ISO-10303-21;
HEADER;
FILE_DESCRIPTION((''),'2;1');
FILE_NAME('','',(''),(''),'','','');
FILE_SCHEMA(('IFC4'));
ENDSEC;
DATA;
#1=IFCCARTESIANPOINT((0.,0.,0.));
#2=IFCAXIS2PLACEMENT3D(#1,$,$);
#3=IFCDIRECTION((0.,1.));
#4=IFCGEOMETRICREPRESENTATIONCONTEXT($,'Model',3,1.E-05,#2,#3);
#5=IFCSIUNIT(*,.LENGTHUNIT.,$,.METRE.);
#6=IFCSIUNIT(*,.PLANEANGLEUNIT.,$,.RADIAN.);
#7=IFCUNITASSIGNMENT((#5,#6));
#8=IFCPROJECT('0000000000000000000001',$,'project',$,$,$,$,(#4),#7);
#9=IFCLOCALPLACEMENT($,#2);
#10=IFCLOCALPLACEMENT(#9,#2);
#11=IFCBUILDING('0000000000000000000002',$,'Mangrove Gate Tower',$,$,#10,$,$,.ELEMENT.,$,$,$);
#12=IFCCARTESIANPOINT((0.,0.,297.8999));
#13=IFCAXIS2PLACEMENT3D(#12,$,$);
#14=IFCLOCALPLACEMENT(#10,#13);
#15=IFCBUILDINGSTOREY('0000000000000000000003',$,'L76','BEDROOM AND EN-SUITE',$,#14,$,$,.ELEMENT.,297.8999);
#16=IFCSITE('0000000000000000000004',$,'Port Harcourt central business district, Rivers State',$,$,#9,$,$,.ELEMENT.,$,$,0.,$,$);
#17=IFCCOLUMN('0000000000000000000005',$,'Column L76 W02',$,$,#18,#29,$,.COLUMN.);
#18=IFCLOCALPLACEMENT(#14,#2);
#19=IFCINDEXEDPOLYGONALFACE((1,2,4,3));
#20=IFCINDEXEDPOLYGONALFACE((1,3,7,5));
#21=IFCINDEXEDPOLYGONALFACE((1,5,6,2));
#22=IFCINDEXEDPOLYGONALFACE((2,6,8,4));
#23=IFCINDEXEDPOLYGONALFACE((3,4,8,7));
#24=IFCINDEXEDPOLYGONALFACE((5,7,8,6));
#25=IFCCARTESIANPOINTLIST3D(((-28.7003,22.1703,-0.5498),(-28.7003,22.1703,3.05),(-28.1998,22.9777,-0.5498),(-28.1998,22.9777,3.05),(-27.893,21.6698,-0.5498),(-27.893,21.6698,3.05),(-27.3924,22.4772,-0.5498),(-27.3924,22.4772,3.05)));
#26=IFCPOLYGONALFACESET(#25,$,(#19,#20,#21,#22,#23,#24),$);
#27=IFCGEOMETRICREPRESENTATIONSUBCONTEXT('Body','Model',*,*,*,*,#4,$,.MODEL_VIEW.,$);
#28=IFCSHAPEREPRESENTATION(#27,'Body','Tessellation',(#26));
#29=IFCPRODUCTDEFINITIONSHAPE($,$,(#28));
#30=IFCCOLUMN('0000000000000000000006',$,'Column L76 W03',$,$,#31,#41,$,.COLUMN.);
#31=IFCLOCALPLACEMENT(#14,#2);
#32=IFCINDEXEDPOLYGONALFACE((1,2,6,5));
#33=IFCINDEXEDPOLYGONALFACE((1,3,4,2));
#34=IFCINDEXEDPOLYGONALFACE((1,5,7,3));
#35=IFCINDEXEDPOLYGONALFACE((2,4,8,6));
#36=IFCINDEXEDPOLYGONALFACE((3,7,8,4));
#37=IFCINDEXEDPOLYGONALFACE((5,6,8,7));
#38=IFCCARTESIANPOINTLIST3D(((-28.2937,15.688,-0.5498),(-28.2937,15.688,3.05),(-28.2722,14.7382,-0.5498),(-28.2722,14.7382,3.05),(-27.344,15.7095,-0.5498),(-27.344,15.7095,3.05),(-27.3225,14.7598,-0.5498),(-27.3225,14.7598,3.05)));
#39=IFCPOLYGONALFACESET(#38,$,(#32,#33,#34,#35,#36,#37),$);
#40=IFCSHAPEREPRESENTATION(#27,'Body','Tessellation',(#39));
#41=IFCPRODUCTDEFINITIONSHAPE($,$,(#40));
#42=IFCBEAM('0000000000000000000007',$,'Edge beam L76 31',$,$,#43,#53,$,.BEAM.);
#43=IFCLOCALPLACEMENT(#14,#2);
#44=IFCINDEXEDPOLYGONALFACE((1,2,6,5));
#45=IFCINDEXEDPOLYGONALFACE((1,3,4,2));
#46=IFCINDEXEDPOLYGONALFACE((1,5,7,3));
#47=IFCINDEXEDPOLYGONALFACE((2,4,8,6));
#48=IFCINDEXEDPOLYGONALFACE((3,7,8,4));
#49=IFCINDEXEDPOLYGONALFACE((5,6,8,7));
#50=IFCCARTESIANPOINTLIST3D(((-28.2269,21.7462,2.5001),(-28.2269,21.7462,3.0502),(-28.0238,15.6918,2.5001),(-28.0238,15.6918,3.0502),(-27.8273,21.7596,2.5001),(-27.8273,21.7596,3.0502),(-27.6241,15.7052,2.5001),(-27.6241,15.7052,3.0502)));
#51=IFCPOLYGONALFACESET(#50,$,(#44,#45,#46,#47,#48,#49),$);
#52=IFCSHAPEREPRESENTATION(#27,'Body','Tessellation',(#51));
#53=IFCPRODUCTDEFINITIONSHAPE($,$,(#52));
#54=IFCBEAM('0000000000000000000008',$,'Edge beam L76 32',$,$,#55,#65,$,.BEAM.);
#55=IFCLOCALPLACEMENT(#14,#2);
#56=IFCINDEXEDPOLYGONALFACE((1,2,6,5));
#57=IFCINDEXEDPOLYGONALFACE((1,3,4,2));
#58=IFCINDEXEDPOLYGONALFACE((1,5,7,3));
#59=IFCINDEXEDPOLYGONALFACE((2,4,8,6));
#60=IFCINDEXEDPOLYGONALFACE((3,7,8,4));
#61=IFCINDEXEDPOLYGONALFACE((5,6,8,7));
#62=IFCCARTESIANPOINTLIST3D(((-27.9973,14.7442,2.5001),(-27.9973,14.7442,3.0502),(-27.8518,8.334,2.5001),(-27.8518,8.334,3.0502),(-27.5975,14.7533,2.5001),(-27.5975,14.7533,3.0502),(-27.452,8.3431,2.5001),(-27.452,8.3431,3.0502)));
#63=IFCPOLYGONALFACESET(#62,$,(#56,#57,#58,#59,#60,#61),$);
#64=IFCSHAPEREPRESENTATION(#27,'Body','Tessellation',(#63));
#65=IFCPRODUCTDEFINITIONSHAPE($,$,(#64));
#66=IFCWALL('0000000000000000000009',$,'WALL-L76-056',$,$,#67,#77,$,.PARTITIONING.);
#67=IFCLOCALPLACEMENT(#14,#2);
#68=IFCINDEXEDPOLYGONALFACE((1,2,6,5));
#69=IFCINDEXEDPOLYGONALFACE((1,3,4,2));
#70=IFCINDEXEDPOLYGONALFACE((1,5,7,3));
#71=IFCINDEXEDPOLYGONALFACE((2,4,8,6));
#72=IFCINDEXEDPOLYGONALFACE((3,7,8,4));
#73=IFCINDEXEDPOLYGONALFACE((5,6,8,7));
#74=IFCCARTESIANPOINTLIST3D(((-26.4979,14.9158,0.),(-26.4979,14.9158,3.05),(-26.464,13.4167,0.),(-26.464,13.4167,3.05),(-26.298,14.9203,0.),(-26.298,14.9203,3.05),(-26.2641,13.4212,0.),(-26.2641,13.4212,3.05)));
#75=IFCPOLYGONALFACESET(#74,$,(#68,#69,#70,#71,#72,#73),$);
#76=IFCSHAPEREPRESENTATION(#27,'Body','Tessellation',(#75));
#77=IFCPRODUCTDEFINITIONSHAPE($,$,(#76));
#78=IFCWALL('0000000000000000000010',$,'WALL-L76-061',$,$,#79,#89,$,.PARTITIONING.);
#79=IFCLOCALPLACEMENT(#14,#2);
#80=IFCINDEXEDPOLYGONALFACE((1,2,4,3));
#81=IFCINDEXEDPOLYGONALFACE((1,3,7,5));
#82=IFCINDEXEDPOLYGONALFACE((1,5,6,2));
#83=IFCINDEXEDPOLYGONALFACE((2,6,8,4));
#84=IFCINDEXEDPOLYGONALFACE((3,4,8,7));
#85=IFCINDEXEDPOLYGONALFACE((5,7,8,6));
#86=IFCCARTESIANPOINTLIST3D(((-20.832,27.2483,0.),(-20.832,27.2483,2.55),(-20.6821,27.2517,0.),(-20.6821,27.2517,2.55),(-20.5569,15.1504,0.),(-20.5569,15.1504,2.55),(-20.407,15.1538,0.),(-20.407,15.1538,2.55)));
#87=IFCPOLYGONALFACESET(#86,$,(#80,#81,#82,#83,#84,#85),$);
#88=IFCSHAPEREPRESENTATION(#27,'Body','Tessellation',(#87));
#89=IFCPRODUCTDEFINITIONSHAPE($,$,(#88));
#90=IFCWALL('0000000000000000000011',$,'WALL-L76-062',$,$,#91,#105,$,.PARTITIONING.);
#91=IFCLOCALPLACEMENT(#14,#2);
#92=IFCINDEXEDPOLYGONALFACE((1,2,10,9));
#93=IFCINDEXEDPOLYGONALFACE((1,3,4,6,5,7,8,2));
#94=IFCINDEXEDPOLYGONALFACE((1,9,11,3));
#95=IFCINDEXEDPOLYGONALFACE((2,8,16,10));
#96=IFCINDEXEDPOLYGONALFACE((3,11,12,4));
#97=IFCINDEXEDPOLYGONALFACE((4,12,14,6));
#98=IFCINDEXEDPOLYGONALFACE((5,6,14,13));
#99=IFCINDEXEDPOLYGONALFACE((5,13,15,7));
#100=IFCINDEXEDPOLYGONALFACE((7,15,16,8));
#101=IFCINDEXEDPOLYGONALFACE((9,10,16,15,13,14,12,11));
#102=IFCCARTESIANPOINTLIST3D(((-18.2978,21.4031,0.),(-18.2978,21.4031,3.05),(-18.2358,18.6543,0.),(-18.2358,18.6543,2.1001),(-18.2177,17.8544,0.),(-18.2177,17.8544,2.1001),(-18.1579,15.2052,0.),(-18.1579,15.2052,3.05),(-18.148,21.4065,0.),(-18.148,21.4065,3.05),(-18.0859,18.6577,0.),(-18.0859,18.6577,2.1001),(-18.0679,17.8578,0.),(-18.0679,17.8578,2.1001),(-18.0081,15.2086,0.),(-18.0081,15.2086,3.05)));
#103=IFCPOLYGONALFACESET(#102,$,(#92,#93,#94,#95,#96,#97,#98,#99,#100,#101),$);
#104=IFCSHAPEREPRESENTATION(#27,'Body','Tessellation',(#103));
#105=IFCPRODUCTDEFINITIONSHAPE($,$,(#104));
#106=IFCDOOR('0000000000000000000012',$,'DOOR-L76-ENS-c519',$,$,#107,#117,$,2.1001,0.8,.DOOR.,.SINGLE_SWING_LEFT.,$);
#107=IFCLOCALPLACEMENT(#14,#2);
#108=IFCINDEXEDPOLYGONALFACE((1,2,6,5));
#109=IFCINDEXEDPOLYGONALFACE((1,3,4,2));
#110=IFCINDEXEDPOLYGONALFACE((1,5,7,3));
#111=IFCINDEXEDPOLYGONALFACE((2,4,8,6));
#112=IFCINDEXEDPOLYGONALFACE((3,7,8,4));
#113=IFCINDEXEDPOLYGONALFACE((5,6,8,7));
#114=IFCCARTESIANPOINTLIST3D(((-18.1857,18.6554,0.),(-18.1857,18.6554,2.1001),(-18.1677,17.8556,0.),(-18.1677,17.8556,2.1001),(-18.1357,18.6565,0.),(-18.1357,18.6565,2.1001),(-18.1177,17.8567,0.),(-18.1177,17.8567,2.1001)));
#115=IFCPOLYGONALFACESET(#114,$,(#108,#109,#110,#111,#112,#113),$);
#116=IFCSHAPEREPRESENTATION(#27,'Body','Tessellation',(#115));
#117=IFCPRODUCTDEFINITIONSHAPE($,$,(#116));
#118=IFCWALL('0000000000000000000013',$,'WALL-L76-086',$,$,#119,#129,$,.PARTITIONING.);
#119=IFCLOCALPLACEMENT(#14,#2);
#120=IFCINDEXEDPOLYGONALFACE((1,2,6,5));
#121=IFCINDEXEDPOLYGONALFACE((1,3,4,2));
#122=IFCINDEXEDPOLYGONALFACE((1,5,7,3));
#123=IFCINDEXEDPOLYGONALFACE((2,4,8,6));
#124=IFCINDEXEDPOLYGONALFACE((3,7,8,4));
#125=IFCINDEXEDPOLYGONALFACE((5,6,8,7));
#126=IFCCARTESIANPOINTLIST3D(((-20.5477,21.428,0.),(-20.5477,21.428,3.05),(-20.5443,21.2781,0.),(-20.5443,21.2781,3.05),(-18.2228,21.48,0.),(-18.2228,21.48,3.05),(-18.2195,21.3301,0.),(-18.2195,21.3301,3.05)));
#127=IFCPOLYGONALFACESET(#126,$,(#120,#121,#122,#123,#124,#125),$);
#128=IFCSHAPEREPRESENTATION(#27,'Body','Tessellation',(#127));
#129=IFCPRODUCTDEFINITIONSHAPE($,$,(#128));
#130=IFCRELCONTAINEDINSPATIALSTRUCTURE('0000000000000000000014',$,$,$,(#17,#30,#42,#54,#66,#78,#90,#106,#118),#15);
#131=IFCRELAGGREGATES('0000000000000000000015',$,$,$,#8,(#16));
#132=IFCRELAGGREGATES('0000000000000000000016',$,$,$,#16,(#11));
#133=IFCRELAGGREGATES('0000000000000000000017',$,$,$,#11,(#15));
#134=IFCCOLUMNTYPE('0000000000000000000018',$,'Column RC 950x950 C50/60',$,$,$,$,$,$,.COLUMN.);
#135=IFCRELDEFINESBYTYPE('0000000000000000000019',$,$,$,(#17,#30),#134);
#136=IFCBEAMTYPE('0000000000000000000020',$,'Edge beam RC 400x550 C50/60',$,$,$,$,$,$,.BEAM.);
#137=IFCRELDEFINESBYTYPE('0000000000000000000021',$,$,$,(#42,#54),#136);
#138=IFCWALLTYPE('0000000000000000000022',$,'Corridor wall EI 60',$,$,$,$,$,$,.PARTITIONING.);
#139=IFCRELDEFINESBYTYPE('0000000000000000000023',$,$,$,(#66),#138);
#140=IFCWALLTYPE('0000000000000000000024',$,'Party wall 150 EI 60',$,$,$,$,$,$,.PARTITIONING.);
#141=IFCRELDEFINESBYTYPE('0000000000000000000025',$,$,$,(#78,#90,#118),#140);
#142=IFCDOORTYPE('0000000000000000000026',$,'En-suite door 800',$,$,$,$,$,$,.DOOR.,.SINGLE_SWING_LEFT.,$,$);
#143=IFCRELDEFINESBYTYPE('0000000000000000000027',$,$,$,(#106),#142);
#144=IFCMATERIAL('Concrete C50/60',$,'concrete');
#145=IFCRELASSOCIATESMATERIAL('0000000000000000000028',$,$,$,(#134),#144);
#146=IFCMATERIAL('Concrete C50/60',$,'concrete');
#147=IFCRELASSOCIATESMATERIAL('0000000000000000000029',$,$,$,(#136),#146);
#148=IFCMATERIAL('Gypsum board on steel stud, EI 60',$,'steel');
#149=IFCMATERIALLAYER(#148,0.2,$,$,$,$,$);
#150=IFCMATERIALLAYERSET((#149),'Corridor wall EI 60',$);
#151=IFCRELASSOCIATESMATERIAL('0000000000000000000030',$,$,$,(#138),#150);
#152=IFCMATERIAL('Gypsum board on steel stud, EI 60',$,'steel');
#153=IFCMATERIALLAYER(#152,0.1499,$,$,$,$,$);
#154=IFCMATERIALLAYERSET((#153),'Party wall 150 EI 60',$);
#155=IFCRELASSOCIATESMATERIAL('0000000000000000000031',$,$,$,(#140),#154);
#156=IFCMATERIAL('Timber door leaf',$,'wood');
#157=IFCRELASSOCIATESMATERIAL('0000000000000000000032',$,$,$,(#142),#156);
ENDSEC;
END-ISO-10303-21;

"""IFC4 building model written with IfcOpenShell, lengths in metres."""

from ifc_helpers import new_model, si_unit, direction, frame, frame_2d, origin, origin_2d, place, context, subcontext, project, spatial, rectangle, extrude, material, layer, layer_set, material_profile, profile_set, type_object, element, fill, save


model = new_model("IFC4")

# Units and contexts
model_context = context("Model", 3, precision=1e-05, world=origin(), true_north=direction((0.0, 1.0)))
body_context = subcontext(model_context, "Body", "Model", "MODEL_VIEW")
ifc_project = project(units=[si_unit("LENGTHUNIT", "METRE"), si_unit("PLANEANGLEUNIT", "RADIAN")], contexts=[model_context])

# Site, building, storey
site_placement = place(None, origin())
site = spatial("IfcSite", under=ifc_project, at=site_placement, Name="Port Harcourt central business district, Rivers State", CompositionType="ELEMENT", RefElevation=0.0)
building_placement = place(site_placement, origin())
building = spatial("IfcBuilding", under=site, at=building_placement, Name="Mangrove Gate Tower", CompositionType="ELEMENT")
storey_placement = place(building_placement, frame((0.0, 0.0, 297.8999)))
storey = spatial("IfcBuildingStorey", under=building, at=storey_placement, Name="L76", Description="BEDROOM AND EN-SUITE", CompositionType="ELEMENT", Elevation=297.8999)

# Columns
ifc_material_1 = material(Name="Concrete C50/60", Category="concrete")
ifc_material_profile_1 = material_profile(ifc_material_1, rectangle(XDim=0.95, YDim=0.95, at=origin_2d()))
ifc_profile_set_1 = profile_set([ifc_material_profile_1], Name="Concrete C50/60")
column_type = type_object("IfcColumnType", Name="Column RC 950x950 C50/60", PredefinedType="COLUMN", material=ifc_profile_set_1)
for number, where, z_axis, x_axis, name in (
    (1, (-28.0464, 22.3237, -0.5498), (0.0, 0.0, 1.0), (-0.526907, -0.849923, 0.0), "Column L76 W02"),
    (2, (-27.8081, 15.2239, -0.5498), (0.0, 0.0, 1.0), (0.022683, -0.999743, 0.0), "Column L76 W03"),
):
    element("IfcColumn", number, at=place(storey_placement, frame(where, z_axis=z_axis, x_axis=x_axis)), inside=storey, type_object=column_type, Name=name, PredefinedType="COLUMN", context=body_context, shape_type="SweptSolid", body=[
        extrude(rectangle(XDim=0.95, YDim=0.95, at=origin_2d()), origin(), (0.0, 0.0, 1.0), 3.5999),
    ])

# Beams
ifc_material_2 = material(Name="Concrete C50/60", Category="concrete")
ifc_material_profile_2 = material_profile(ifc_material_2, rectangle(XDim=0.3999, YDim=0.55, at=origin_2d()))
ifc_profile_set_2 = profile_set([ifc_material_profile_2], Name="Concrete C50/60")
beam_type = type_object("IfcBeamType", Name="Edge beam RC 400x550 C50/60", PredefinedType="BEAM", material=ifc_profile_set_2)
beam_1_placement = place(storey_placement, frame((-28.0271, 21.7529, 2.7751), z_axis=(0.033531, -0.999438, 0.0), x_axis=(0.999438, 0.033531, 0.0)))
element("IfcBeam", 3, at=beam_1_placement, inside=storey, type_object=beam_type, Name="Edge beam L76 31", PredefinedType="BEAM", context=body_context, shape_type="SweptSolid", body=[
    extrude(rectangle(XDim=0.3999, YDim=0.55, at=origin_2d()), origin(), (0.0, 0.0, 1.0), 6.0579),
])
beam_2_placement = place(storey_placement, frame((-27.7974, 14.7488, 2.7751), z_axis=(0.022694, -0.999742, 0.0), x_axis=(0.999742, 0.022694, 0.0)))
element("IfcBeam", 4, at=beam_2_placement, inside=storey, type_object=beam_type, Name="Edge beam L76 32", PredefinedType="BEAM", context=body_context, shape_type="SweptSolid", body=[
    extrude(rectangle(XDim=0.3999, YDim=0.55, at=origin_2d()), origin(), (0.0, 0.0, 1.0), 6.4119),
])

# Wall
ifc_material_3 = material(Name="Gypsum board on steel stud, EI 60", Category="steel")
ifc_layer_1 = layer(ifc_material_3, 0.2)
ifc_layer_set_1 = layer_set([ifc_layer_1], Name="Corridor wall EI 60")
wall_type_1 = type_object("IfcWallType", Name="Corridor wall EI 60", PredefinedType="PARTITIONING", material=ifc_layer_set_1)
wall_1_placement = place(storey_placement, frame((-26.364, 13.4189, 0.0), z_axis=(0.0, 0.0, 1.0), x_axis=(-0.022633, 0.999744, 0.0)))
element("IfcWall", 5, at=wall_1_placement, inside=storey, type_object=wall_type_1, Name="WALL-L76-056", PredefinedType="PARTITIONING", context=body_context, shape_type="SweptSolid", body=[
    extrude(rectangle(XDim=1.4995, YDim=0.2, at=frame_2d((0.7498, 0.0))), origin(), (0.0, 0.0, 1.0), 3.05),
])

# Wall
ifc_material_4 = material(Name="Gypsum board on steel stud, EI 60", Category="steel")
ifc_layer_2 = layer(ifc_material_4, 0.1499)
ifc_layer_set_2 = layer_set([ifc_layer_2], Name="Party wall 150 EI 60")
wall_type_2 = type_object("IfcWallType", Name="Party wall 150 EI 60", PredefinedType="PARTITIONING", material=ifc_layer_set_2)
wall_2_placement = place(storey_placement, frame((-20.4819, 15.1521, 0.0), z_axis=(0.0, 0.0, 1.0), x_axis=(-0.022737, 0.999741, 0.0)))
element("IfcWall", 6, at=wall_2_placement, inside=storey, type_object=wall_type_2, Name="WALL-L76-061", PredefinedType="PARTITIONING", context=body_context, shape_type="SweptSolid", body=[
    extrude(rectangle(XDim=12.1011, YDim=0.1499, at=frame_2d((6.0505, 0.0))), origin(), (0.0, 0.0, 1.0), 2.55),
])

# Wall, opening, door
wall_3_placement = place(storey_placement, frame((-18.083, 15.207, 0.0), z_axis=(0.0, 0.0, 1.0), x_axis=(-0.022565, 0.999745, 0.0)))
wall_3 = element("IfcWall", 7, at=wall_3_placement, inside=storey, type_object=wall_type_2, Name="WALL-L76-062", PredefinedType="PARTITIONING", context=body_context, shape_type="SweptSolid", body=[
    extrude(rectangle(XDim=6.1995, YDim=0.1499, at=frame_2d((3.0996, 0.0))), origin(), (0.0, 0.0, 1.0), 3.05),
])
opening_1_placement = place(wall_3_placement, frame((2.6499, 0.0, 0.0)))
opening_1 = element("IfcOpeningElement", 8, at=opening_1_placement, cuts=wall_3, PredefinedType="OPENING", context=body_context, shape_type="SweptSolid", body=[
    extrude(rectangle(XDim=0.8, YDim=2.1001, at=frame_2d((0.3999, 1.05))), frame((0.0, 0.085, 0.0), z_axis=(0.0, -1.0, 0.0), x_axis=(1.0, 0.0, 0.0)), (0.0, 0.0, 1.0), 0.1699),
])
ifc_material_5 = material(Name="Timber door leaf", Category="wood")
door_type_1 = type_object("IfcDoorType", Name="En-suite door 800", OperationType="SINGLE_SWING_LEFT", PredefinedType="DOOR", material=ifc_material_5)
door_1_placement = place(opening_1_placement, origin())
door_1 = element("IfcDoor", 9, at=door_1_placement, inside=storey, type_object=door_type_1, Name="DOOR-L76-ENS-c519", OperationType="SINGLE_SWING_LEFT", OverallHeight=2.1001, OverallWidth=0.8, PredefinedType="DOOR", context=body_context, shape_type="SweptSolid", body=[
    extrude(rectangle(XDim=0.8, YDim=2.1001, at=frame_2d((0.3999, 1.05))), frame((0.0, 0.0249, 0.0), z_axis=(0.0, -1.0, 0.0), x_axis=(1.0, 0.0, 0.0)), (0.0, 0.0, 1.0), 0.05),
])
fill(opening_1, door_1)

# Wall
wall_4_placement = place(storey_placement, frame((-20.5459, 21.353, 0.0), z_axis=(0.0, 0.0, 1.0), x_axis=(0.99975, 0.022361, 0.0)))
element("IfcWall", 10, at=wall_4_placement, inside=storey, type_object=wall_type_2, Name="WALL-L76-086", PredefinedType="PARTITIONING", context=body_context, shape_type="SweptSolid", body=[
    extrude(rectangle(XDim=2.3254, YDim=0.1499, at=frame_2d((1.1626, 0.0))), origin(), (0.0, 0.0, 1.0), 3.05),
])

save(model, "model.ifc")
